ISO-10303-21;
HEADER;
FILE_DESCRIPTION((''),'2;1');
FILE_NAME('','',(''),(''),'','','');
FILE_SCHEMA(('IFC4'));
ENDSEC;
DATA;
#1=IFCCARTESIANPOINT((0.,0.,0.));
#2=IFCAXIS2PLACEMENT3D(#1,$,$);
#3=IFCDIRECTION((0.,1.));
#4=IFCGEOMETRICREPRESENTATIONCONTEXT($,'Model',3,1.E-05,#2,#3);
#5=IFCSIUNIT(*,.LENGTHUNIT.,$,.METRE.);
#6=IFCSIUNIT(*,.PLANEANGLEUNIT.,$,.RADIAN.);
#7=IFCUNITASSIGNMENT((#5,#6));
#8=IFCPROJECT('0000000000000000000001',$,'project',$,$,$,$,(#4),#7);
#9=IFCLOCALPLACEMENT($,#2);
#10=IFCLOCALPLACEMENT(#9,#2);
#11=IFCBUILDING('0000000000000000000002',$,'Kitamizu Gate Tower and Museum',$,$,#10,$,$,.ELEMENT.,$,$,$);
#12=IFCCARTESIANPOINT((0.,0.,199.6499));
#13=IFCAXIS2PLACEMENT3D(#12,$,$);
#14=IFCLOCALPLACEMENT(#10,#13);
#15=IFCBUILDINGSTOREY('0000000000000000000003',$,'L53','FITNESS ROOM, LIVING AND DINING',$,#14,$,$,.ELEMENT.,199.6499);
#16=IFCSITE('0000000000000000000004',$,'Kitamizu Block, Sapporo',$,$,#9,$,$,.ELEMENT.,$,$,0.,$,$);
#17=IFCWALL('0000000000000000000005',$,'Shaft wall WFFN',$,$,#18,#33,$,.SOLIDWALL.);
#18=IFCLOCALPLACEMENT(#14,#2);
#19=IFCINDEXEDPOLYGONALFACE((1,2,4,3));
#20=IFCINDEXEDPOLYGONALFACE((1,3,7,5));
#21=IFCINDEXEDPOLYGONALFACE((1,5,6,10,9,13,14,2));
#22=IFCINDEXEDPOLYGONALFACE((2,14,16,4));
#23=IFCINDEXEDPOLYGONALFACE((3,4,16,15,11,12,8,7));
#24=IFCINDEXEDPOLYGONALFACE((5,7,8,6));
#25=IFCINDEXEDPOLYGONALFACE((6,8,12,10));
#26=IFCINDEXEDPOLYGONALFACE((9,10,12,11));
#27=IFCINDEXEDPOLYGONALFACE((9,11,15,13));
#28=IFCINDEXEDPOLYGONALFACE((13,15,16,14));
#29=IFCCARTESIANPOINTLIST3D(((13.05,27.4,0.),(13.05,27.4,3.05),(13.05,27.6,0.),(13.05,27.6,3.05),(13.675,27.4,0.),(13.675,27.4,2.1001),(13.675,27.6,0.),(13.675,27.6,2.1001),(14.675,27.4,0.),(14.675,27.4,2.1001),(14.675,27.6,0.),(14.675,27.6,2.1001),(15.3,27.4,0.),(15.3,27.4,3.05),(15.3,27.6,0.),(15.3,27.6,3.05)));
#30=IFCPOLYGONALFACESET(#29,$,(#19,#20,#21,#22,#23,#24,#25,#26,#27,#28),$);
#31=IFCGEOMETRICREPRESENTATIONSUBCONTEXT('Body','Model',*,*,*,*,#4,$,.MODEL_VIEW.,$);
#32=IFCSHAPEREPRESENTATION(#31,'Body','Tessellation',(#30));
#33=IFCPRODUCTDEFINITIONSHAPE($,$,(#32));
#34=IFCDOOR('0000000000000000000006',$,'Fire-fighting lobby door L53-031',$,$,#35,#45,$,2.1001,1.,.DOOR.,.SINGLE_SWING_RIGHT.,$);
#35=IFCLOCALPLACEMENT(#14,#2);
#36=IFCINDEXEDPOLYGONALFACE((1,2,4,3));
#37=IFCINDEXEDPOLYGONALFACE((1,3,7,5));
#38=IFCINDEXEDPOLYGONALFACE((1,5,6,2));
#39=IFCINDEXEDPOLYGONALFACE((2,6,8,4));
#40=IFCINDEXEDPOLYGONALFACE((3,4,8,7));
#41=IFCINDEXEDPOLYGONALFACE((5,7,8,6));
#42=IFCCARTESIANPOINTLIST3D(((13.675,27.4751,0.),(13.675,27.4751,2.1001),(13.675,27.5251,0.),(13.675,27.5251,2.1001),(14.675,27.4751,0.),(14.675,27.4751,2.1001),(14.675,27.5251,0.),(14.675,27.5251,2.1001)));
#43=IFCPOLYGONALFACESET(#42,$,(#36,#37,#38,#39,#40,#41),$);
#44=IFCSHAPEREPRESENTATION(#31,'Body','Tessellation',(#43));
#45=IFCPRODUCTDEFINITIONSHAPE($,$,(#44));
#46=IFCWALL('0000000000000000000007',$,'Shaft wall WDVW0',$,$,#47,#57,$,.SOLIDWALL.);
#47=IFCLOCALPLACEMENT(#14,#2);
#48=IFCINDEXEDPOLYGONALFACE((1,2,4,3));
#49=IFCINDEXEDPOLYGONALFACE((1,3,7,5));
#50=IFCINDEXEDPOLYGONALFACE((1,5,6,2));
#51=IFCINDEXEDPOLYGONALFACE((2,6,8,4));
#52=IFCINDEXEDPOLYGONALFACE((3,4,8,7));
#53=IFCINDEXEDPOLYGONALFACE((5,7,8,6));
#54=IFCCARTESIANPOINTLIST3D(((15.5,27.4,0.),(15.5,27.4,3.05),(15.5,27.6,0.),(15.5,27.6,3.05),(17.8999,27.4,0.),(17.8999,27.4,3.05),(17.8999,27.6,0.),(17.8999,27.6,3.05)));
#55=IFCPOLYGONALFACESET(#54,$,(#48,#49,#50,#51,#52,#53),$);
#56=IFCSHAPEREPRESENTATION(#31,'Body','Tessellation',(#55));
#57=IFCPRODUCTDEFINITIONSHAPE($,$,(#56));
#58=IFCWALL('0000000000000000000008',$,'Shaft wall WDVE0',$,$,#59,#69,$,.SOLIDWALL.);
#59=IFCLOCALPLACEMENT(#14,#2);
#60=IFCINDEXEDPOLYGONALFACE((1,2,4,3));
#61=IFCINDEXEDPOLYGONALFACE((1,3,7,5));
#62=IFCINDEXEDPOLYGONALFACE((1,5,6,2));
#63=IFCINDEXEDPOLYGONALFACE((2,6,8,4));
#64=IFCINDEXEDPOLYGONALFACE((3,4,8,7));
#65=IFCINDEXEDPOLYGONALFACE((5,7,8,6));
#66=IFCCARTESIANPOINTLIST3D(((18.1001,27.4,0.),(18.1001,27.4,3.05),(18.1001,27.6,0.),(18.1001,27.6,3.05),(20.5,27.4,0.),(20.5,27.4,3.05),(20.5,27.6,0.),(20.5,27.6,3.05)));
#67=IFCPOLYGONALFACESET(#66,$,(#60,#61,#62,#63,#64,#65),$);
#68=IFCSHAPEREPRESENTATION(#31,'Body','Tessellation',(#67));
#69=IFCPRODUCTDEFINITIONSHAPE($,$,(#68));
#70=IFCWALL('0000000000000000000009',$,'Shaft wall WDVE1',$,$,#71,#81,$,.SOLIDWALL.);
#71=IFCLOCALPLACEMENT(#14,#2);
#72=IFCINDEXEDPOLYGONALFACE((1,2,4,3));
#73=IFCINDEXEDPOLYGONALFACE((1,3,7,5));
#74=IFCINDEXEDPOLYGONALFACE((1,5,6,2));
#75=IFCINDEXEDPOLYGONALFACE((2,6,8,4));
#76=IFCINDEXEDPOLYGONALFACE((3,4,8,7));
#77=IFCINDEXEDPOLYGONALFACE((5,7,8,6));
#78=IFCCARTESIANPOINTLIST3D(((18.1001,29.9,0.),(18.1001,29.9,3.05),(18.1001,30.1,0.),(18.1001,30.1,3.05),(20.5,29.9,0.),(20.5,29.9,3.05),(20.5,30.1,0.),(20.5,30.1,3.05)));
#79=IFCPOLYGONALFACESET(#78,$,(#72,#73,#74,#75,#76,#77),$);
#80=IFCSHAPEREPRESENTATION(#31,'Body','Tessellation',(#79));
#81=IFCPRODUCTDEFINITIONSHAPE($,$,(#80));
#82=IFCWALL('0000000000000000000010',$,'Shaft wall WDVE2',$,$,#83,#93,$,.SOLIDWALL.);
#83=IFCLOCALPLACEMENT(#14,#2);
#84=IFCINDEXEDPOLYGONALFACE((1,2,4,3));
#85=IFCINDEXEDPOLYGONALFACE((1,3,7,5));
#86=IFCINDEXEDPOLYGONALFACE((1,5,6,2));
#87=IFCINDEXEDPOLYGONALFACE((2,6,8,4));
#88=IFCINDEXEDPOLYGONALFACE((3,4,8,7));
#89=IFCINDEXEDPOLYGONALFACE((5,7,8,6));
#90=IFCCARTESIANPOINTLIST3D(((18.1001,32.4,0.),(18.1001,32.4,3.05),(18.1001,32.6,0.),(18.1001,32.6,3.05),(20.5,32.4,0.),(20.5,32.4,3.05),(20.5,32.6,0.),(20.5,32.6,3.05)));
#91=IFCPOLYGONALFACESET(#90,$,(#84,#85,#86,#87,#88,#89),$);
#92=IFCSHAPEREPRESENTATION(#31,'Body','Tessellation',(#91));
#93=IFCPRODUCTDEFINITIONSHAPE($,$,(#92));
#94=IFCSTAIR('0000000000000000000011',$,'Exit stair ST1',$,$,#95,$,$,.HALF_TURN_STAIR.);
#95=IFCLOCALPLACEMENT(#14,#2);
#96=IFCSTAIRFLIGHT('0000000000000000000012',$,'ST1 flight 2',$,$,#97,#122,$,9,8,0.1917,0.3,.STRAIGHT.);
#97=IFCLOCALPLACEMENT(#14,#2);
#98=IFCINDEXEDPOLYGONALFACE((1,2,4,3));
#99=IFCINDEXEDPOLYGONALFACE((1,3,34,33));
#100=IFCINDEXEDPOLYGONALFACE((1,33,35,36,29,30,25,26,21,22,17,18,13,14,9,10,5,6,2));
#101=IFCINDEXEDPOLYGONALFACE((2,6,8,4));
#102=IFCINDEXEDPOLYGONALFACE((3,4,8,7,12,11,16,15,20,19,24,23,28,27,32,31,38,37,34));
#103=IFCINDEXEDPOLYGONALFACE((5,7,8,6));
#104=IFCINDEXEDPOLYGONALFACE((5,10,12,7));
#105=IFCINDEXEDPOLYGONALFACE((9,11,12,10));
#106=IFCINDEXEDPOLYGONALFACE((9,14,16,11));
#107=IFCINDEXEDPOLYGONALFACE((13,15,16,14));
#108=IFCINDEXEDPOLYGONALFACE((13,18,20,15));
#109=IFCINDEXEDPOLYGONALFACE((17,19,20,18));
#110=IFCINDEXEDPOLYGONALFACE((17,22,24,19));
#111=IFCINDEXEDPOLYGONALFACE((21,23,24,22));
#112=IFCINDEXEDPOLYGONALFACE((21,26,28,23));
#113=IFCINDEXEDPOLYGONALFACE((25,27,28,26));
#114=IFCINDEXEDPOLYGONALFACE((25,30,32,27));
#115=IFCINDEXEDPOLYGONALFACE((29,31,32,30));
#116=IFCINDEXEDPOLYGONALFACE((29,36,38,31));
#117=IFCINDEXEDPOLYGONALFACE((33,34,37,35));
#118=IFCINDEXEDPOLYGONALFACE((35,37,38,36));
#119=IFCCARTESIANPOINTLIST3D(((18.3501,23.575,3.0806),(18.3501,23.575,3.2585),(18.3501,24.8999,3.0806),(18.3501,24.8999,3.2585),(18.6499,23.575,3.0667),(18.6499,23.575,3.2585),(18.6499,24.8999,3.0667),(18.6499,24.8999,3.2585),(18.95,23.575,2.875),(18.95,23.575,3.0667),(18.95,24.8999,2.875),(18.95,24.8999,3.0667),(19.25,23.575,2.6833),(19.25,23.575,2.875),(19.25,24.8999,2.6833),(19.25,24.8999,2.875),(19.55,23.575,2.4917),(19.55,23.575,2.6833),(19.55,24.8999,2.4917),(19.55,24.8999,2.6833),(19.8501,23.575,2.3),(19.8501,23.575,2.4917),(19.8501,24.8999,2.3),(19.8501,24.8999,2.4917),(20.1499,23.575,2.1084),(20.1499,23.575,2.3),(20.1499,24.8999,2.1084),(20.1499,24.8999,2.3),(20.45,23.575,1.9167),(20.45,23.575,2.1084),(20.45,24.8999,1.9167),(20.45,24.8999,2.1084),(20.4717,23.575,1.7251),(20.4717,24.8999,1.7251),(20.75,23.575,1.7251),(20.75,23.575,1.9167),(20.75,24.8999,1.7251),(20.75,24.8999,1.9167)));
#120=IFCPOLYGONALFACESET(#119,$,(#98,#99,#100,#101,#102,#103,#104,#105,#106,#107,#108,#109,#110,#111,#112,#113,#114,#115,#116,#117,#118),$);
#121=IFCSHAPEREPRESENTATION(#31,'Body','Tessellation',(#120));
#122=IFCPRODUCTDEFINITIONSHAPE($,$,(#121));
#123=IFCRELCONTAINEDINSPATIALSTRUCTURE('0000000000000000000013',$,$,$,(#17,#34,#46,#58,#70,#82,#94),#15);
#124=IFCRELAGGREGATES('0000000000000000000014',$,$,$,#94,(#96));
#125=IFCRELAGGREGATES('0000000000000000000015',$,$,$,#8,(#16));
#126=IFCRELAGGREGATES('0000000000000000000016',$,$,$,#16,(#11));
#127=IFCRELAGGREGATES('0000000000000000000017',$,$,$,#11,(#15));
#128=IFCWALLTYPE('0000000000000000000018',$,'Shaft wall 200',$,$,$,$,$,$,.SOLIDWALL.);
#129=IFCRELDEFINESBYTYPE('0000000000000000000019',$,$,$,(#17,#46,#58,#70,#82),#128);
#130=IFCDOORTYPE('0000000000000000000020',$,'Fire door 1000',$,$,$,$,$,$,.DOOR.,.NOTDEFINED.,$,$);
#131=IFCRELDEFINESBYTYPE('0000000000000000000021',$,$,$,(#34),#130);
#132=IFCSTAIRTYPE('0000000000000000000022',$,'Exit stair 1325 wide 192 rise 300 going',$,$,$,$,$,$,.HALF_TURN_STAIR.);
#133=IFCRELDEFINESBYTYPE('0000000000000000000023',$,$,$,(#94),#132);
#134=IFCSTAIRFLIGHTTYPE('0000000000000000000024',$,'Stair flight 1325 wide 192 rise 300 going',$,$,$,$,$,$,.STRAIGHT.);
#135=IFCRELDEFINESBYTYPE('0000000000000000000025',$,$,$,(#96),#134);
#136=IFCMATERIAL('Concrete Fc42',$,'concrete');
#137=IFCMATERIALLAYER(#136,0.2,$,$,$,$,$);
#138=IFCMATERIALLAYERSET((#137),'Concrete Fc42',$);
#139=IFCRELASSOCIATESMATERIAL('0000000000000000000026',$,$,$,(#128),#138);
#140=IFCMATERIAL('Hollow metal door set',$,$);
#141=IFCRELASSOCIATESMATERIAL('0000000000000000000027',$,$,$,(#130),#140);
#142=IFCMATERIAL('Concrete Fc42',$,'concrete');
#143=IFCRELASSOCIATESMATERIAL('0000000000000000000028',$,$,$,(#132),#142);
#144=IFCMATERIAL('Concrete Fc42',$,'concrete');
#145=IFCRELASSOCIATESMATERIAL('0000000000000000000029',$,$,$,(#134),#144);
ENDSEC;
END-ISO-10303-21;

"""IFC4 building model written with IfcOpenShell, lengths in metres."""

from ifc_helpers import new_model, si_unit, direction, frame, frame_2d, origin, place, context, subcontext, project, spatial, polyline, rectangle, outline, extrude, material, layer, layer_set, type_object, element, fill, aggregate, save


model = new_model("IFC4")

# Units and contexts
model_context = context("Model", 3, precision=1e-05, world=origin(), true_north=direction((0.0, 1.0)))
body_context = subcontext(model_context, "Body", "Model", "MODEL_VIEW")
ifc_project = project(units=[si_unit("LENGTHUNIT", "METRE"), si_unit("PLANEANGLEUNIT", "RADIAN")], contexts=[model_context])

# Site, building, storey
site_placement = place(None, origin())
site = spatial("IfcSite", under=ifc_project, at=site_placement, Name="Kitamizu Block, Sapporo", CompositionType="ELEMENT", RefElevation=0.0)
building_placement = place(site_placement, origin())
building = spatial("IfcBuilding", under=site, at=building_placement, Name="Kitamizu Gate Tower and Museum", CompositionType="ELEMENT")
storey_placement = place(building_placement, frame((0.0, 0.0, 199.6499)))
storey = spatial("IfcBuildingStorey", under=building, at=storey_placement, Name="L53", Description="FITNESS ROOM, LIVING AND DINING", CompositionType="ELEMENT", Elevation=199.6499)

# Shared definitions
ifc_material_1 = material(Name="Concrete Fc42", Category="concrete")
ifc_layer_1 = layer(ifc_material_1, 0.2)
ifc_layer_set_1 = layer_set([ifc_layer_1], Name="Concrete Fc42")
wall_type_1 = type_object("IfcWallType", Name="Shaft wall 200", PredefinedType="SOLIDWALL", material=ifc_layer_set_1)
ifc_material_2 = material(Name="Hollow metal door set")
door_type_1 = type_object("IfcDoorType", Name="Fire door 1000", OperationType="NOTDEFINED", PredefinedType="DOOR", material=ifc_material_2)

# Wall, opening, door
wall_1_placement = place(storey_placement, frame((13.05, 27.5, 0.0), z_axis=(0.0, 0.0, 1.0), x_axis=(1.0, 0.0, 0.0)))
wall_1 = element("IfcWall", 1, at=wall_1_placement, inside=storey, type_object=wall_type_1, Name="Shaft wall WFFN", PredefinedType="SOLIDWALL", context=body_context, shape_type="SweptSolid", body=[
    extrude(rectangle(XDim=2.25, YDim=0.2, at=frame_2d((1.125, 0.0))), origin(), (0.0, 0.0, 1.0), 3.05),
])
opening_1_placement = place(wall_1_placement, frame((0.625, 0.0, 0.0)))
opening_1 = element("IfcOpeningElement", 2, at=opening_1_placement, cuts=wall_1, PredefinedType="OPENING", context=body_context, shape_type="SweptSolid", body=[
    extrude(rectangle(XDim=1.0, YDim=2.1001, at=frame_2d((0.5, 1.05))), frame((0.0, 0.1099, 0.0), z_axis=(0.0, -1.0, 0.0), x_axis=(1.0, 0.0, 0.0)), (0.0, 0.0, 1.0), 0.22),
])
door_1_placement = place(opening_1_placement, frame((1.0, 0.0, 0.0), x_axis=(-1.0, 0.0, 0.0)))
door_1 = element("IfcDoor", 3, at=door_1_placement, inside=storey, type_object=door_type_1, Name="Fire-fighting lobby door L53-031", OperationType="SINGLE_SWING_RIGHT", OverallHeight=2.1001, OverallWidth=1.0, PredefinedType="DOOR", context=body_context, shape_type="SweptSolid", body=[
    extrude(rectangle(XDim=1.0, YDim=2.1001, at=frame_2d((0.5, 1.05))), frame((0.0, 0.0249, 0.0), z_axis=(0.0, -1.0, 0.0), x_axis=(1.0, 0.0, 0.0)), (0.0, 0.0, 1.0), 0.05),
])
fill(opening_1, door_1)

# Walls
for number, where, z_axis, x_axis, name in (
    (4, (15.5, 27.5, 0.0), (0.0, 0.0, 1.0), (1.0, 0.0, 0.0), "Shaft wall WDVW0"),
    (5, (18.1001, 27.5, 0.0), (0.0, 0.0, 1.0), (1.0, 0.0, 0.0), "Shaft wall WDVE0"),
    (6, (18.1001, 30.0, 0.0), (0.0, 0.0, 1.0), (1.0, 0.0, 0.0), "Shaft wall WDVE1"),
    (7, (18.1001, 32.5, 0.0), (0.0, 0.0, 1.0), (1.0, 0.0, 0.0), "Shaft wall WDVE2"),
):
    element("IfcWall", number, at=place(storey_placement, frame(where, z_axis=z_axis, x_axis=x_axis)), inside=storey, type_object=wall_type_1, Name=name, PredefinedType="SOLIDWALL", context=body_context, shape_type="SweptSolid", body=[
        extrude(rectangle(XDim=2.3999, YDim=0.2, at=frame_2d((1.2, 0.0))), origin(), (0.0, 0.0, 1.0), 3.05),
    ])

# Stair, stair flight
ifc_material_3 = material(Name="Concrete Fc42", Category="concrete")
stair_type = type_object("IfcStairType", Name="Exit stair 1325 wide 192 rise 300 going", PredefinedType="HALF_TURN_STAIR", material=ifc_material_3)
stair_placement = place(storey_placement, origin())
stair = element("IfcStair", 8, at=stair_placement, inside=storey, type_object=stair_type, Name="Exit stair ST1", PredefinedType="HALF_TURN_STAIR")
ifc_material_4 = material(Name="Concrete Fc42", Category="concrete")
stair_flight_type = type_object("IfcStairFlightType", Name="Stair flight 1325 wide 192 rise 300 going", PredefinedType="STRAIGHT", material=ifc_material_4)
stair_flight_placement = place(storey_placement, frame((20.75, 24.2375, 1.7251), z_axis=(0.0, 0.0, 1.0), x_axis=(-1.0, 0.0, 0.0)))
stair_flight = element("IfcStairFlight", 9, at=stair_flight_placement, type_object=stair_flight_type, Name="ST1 flight 2", NumberOfRisers=9, NumberOfTreads=8, PredefinedType="STRAIGHT", RiserHeight=0.1917, TreadLength=0.3, context=body_context, shape_type="SweptSolid", body=[
    extrude(outline(polyline([(0.0, 0.0), (0.0, 0.1917), (0.3, 0.1917), (0.3, 0.3833), (0.6001, 0.3833), (0.6001, 0.575), (0.8999, 0.575), (0.8999, 0.7666), (1.2, 0.7666), (1.2, 0.9583), (1.5, 0.9583), (1.5, 1.1499), (1.8, 1.1499), (1.8, 1.3416), (2.1001, 1.3416), (2.1001, 1.5334), (2.3999, 1.5334), (2.3999, 1.7251), (2.3999, 1.3555), (0.2783, 0.0), (0.0, 0.0)])), frame((0.0, 0.6626, 0.0), z_axis=(0.0, -1.0, 0.0), x_axis=(1.0, 0.0, 0.0)), (0.0, 0.0, 1.0), 1.325),
])
aggregate(stair, [stair_flight])

save(model, "model.ifc")
